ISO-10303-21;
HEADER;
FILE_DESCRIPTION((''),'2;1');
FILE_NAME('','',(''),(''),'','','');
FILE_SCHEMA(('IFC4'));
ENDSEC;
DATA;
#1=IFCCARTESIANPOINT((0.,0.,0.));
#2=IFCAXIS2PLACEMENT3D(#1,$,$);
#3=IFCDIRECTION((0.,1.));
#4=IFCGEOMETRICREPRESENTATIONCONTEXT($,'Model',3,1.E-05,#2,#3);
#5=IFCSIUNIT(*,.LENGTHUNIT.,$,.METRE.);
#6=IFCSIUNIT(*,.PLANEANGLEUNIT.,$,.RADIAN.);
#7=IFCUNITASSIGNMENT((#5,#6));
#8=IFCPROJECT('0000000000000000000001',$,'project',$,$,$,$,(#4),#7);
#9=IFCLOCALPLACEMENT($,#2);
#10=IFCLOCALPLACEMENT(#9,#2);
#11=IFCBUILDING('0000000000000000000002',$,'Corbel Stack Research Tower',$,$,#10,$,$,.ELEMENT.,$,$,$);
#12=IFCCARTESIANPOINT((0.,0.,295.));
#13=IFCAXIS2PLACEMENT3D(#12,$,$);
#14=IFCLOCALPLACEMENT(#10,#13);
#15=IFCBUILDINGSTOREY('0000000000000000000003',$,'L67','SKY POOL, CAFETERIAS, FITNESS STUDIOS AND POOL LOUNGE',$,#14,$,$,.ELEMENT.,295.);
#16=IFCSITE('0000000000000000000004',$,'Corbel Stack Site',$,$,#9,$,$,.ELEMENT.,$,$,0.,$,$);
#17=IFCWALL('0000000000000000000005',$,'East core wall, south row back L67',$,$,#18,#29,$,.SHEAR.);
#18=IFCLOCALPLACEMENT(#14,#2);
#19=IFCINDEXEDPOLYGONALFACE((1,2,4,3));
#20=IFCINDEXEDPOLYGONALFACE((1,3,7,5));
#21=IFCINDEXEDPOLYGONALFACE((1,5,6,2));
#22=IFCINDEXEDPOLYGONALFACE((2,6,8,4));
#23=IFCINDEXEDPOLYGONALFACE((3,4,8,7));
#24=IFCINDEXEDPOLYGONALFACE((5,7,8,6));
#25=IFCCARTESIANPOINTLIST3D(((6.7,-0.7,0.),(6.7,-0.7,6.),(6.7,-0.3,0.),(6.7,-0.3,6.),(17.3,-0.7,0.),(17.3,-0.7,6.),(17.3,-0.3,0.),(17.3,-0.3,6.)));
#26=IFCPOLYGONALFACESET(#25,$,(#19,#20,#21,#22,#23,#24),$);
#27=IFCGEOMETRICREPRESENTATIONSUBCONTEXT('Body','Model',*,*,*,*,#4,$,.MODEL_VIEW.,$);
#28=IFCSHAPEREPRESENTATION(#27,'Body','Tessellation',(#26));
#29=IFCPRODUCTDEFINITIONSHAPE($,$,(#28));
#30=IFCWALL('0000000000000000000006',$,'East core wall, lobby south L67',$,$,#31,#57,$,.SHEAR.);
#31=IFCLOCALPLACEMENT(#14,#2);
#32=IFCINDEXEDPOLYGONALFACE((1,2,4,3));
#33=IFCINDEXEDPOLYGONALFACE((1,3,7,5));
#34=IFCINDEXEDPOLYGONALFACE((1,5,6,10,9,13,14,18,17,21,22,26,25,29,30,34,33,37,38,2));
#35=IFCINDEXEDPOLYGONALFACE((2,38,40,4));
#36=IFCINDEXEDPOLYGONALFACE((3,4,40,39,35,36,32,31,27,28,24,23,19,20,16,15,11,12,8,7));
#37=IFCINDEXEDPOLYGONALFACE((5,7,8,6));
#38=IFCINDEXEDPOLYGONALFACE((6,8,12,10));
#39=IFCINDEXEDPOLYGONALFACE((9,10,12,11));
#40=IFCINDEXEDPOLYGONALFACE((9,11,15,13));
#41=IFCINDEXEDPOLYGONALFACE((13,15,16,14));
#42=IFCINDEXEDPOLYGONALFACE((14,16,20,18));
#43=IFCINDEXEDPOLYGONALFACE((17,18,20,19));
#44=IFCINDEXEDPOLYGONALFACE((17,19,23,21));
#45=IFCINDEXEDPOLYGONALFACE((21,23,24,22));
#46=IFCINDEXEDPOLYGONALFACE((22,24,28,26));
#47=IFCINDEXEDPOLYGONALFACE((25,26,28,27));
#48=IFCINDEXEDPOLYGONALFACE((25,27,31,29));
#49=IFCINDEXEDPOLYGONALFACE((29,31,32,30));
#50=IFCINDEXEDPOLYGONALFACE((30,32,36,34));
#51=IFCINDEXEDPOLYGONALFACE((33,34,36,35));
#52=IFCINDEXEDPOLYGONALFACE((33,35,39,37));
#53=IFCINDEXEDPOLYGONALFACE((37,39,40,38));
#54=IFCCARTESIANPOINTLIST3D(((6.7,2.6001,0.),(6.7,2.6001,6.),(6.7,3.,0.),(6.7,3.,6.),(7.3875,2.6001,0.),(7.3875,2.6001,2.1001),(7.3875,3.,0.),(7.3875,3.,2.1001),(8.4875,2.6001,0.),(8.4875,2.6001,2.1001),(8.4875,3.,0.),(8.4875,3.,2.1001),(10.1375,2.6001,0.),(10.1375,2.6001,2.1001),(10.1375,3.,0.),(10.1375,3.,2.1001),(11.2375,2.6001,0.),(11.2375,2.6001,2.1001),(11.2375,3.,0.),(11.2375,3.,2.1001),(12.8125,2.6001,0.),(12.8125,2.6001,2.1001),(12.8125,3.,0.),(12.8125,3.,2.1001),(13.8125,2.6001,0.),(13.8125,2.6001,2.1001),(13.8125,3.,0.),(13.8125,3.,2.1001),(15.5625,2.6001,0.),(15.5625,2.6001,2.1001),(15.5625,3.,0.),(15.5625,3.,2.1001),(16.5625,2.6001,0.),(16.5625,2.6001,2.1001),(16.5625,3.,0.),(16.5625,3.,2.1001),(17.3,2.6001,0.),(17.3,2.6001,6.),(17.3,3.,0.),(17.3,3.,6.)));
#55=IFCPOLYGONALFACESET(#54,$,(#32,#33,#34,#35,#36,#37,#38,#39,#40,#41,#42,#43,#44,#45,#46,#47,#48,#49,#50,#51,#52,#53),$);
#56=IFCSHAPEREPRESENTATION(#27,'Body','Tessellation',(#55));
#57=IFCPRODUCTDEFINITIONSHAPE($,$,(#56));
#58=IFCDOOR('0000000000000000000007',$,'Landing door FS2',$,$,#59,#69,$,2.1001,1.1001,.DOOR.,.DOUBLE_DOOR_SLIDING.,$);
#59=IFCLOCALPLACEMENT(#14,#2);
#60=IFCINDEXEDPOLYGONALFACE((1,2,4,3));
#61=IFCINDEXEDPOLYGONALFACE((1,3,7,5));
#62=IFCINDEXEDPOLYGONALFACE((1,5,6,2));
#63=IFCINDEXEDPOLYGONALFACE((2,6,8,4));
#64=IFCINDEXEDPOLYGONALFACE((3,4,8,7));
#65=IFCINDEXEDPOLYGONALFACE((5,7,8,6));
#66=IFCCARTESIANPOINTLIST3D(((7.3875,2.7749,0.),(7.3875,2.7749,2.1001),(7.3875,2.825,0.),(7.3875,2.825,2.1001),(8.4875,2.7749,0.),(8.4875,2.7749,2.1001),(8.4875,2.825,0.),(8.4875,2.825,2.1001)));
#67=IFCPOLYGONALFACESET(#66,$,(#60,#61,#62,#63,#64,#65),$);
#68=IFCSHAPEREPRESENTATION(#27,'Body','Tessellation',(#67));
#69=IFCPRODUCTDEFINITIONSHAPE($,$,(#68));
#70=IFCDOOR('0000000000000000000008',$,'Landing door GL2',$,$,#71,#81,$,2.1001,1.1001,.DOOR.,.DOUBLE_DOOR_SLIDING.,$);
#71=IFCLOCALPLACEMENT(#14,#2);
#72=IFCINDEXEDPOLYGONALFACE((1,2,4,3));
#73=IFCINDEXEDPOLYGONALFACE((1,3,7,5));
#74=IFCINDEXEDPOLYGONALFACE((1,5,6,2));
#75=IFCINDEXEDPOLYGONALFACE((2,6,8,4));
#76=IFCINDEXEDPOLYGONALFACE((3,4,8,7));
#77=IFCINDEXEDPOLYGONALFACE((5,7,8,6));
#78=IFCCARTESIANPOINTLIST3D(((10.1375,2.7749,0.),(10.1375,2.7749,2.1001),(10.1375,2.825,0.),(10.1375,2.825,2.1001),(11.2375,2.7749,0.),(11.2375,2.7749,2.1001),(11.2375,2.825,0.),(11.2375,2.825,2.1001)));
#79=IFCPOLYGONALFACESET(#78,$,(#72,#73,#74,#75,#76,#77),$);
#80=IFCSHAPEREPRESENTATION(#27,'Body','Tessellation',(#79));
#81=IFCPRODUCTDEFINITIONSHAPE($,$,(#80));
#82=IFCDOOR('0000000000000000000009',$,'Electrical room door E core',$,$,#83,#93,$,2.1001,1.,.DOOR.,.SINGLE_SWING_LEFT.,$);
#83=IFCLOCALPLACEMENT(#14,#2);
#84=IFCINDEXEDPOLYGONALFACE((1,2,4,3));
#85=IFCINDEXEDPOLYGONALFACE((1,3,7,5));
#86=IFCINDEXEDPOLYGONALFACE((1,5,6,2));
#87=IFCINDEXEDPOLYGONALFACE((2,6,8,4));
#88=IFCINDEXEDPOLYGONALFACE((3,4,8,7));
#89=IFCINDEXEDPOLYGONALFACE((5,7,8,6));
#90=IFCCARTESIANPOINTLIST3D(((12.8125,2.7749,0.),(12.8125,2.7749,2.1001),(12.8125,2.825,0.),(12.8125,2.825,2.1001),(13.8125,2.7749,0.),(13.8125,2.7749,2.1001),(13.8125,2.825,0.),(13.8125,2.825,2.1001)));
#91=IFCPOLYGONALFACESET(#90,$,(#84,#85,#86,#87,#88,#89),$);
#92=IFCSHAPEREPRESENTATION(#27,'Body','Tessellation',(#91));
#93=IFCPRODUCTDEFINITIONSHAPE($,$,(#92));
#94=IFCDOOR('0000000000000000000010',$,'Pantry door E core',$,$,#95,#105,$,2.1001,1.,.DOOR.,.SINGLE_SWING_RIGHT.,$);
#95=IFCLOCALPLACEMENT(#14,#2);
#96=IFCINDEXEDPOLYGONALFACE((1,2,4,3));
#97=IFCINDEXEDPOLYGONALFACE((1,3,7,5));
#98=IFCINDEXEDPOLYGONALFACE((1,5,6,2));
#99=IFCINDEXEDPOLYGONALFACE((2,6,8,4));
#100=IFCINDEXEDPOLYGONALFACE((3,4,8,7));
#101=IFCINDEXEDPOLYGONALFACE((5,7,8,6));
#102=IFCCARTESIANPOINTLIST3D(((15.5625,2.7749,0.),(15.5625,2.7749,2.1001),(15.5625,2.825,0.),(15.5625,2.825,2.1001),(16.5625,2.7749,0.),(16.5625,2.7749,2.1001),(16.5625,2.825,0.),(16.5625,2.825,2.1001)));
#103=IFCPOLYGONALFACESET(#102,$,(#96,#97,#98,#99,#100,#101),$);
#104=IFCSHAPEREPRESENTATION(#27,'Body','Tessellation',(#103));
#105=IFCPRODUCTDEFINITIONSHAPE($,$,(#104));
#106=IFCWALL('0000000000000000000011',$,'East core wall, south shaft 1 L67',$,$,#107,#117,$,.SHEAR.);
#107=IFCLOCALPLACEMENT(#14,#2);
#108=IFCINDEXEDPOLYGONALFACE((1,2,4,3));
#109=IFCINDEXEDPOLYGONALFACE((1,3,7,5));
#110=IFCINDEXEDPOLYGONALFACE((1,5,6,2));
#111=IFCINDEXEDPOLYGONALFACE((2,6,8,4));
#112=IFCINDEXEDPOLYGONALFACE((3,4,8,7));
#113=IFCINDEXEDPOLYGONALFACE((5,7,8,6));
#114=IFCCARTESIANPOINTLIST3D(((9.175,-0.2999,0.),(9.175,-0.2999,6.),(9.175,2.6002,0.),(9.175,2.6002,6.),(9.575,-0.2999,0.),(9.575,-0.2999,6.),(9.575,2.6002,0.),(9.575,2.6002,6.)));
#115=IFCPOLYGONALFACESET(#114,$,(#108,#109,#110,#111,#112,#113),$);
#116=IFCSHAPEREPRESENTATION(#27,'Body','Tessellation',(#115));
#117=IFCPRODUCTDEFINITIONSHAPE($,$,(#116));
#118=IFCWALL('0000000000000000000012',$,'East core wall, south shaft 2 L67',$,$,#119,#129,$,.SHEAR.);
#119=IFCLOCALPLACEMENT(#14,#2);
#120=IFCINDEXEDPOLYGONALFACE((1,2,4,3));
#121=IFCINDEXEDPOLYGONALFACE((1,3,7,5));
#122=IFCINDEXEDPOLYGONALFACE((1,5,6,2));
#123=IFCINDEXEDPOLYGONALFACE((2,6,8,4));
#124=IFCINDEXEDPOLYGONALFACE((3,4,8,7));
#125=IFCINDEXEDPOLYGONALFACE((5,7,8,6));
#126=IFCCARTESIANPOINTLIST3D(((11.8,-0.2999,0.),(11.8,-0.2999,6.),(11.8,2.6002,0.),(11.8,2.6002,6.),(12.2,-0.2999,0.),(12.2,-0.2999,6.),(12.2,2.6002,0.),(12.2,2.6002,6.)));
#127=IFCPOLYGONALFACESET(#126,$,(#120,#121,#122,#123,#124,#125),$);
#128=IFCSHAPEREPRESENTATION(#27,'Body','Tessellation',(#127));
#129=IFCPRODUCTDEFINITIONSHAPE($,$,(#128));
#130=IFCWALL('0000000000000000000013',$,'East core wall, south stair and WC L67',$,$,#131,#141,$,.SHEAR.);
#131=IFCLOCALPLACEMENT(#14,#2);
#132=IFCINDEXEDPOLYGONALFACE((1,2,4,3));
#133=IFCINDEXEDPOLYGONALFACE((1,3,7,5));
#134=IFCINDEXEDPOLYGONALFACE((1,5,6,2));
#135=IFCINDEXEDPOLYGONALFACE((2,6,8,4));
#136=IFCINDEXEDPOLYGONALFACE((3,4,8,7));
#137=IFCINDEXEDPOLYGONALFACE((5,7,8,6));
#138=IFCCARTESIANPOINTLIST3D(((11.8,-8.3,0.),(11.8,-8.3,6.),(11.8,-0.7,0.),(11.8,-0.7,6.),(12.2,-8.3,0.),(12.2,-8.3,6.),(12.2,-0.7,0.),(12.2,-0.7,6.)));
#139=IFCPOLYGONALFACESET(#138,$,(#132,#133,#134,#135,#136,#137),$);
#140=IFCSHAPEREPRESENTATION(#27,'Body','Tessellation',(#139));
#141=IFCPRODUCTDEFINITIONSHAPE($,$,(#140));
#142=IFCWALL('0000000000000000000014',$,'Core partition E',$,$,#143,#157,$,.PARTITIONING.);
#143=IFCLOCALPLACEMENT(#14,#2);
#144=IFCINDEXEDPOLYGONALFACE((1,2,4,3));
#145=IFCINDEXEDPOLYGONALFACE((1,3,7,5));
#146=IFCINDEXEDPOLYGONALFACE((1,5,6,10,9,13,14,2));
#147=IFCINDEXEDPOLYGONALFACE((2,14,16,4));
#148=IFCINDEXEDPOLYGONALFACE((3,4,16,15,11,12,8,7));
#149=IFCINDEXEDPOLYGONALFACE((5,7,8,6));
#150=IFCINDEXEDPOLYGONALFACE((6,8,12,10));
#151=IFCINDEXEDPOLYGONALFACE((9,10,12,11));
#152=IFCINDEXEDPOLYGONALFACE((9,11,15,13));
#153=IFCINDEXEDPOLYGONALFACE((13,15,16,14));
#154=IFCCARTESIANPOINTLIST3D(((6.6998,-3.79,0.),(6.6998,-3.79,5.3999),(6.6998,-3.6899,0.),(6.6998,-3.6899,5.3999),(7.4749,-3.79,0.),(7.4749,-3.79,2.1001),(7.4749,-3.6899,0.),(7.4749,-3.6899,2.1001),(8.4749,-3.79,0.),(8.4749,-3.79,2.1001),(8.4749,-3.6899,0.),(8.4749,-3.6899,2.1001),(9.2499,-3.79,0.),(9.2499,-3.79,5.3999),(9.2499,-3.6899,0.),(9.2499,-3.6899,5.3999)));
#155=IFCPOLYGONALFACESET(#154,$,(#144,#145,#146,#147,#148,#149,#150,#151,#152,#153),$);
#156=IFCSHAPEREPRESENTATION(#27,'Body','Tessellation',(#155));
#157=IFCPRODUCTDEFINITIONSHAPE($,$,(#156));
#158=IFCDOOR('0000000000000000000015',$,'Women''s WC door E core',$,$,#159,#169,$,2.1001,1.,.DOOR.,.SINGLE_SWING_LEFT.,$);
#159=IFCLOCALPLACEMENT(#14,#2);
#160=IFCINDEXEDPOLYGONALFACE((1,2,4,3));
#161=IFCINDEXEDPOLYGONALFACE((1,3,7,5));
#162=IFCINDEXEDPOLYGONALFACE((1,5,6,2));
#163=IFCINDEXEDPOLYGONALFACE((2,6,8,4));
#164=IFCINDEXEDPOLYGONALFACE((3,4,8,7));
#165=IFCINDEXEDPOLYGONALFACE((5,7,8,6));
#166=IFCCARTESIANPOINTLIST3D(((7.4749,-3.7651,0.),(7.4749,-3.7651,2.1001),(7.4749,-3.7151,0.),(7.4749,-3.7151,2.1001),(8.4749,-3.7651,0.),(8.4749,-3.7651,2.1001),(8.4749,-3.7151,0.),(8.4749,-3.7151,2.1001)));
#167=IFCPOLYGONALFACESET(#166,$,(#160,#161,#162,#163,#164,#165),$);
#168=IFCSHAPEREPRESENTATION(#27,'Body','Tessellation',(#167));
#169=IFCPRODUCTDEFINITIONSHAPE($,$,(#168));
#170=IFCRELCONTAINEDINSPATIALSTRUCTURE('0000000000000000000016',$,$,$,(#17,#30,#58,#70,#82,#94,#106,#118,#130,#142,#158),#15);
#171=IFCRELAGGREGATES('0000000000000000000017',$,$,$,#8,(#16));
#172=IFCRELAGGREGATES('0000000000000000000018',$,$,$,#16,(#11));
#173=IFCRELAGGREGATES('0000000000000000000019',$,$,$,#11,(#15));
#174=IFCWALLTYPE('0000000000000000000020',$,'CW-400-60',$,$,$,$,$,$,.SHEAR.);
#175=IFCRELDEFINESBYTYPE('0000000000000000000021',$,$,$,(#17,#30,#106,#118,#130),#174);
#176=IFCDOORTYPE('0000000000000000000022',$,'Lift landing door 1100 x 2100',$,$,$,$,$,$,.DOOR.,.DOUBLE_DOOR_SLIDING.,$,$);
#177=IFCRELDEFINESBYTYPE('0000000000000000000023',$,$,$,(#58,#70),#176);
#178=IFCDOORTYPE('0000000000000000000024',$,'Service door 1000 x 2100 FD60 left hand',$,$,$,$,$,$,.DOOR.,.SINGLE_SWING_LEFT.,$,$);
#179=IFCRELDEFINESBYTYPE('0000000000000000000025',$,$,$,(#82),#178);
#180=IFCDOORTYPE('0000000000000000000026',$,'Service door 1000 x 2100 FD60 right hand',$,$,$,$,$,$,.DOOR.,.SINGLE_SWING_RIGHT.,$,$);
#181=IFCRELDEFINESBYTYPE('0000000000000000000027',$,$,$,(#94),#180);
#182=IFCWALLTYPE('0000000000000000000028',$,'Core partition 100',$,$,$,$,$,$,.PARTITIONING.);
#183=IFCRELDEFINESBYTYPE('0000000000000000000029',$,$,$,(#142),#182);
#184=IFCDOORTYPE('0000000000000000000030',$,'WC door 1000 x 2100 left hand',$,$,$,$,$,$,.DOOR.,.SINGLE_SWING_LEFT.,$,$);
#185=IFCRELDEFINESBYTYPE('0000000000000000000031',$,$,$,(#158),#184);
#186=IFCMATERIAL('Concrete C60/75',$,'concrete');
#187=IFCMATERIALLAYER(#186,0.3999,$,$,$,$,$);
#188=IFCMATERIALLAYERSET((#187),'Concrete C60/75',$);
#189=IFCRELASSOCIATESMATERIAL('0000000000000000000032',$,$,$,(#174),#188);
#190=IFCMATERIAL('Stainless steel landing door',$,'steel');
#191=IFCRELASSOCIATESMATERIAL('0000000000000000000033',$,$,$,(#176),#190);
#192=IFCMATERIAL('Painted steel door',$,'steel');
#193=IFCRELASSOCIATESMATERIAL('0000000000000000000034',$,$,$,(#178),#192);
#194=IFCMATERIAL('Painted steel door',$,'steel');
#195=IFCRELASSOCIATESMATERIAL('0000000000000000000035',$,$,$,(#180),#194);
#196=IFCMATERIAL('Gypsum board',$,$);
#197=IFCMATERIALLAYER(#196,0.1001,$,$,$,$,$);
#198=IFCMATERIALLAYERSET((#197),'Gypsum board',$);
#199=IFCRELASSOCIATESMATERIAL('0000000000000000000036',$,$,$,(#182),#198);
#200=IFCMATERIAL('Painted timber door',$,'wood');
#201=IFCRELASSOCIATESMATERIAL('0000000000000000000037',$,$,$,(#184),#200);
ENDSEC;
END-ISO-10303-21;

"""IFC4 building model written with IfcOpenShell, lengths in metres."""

from ifc_helpers import new_model, si_unit, direction, frame, frame_2d, origin, place, context, subcontext, project, spatial, rectangle, extrude, material, layer, layer_set, type_object, element, fill, save


model = new_model("IFC4")

# Units and contexts
model_context = context("Model", 3, precision=1e-05, world=origin(), true_north=direction((0.0, 1.0)))
body_context = subcontext(model_context, "Body", "Model", "MODEL_VIEW")
ifc_project = project(units=[si_unit("LENGTHUNIT", "METRE"), si_unit("PLANEANGLEUNIT", "RADIAN")], contexts=[model_context])

# Site, building, storey
site_placement = place(None, origin())
site = spatial("IfcSite", under=ifc_project, at=site_placement, Name="Corbel Stack Site", CompositionType="ELEMENT", RefElevation=0.0)
building_placement = place(site_placement, origin())
building = spatial("IfcBuilding", under=site, at=building_placement, Name="Corbel Stack Research Tower", CompositionType="ELEMENT")
storey_placement = place(building_placement, frame((0.0, 0.0, 295.0)))
storey = spatial("IfcBuildingStorey", under=building, at=storey_placement, Name="L67", Description="SKY POOL, CAFETERIAS, FITNESS STUDIOS AND POOL LOUNGE", CompositionType="ELEMENT", Elevation=295.0)

# Wall
ifc_material_1 = material(Name="Concrete C60/75", Category="concrete")
ifc_layer_1 = layer(ifc_material_1, 0.3999)
ifc_layer_set_1 = layer_set([ifc_layer_1], Name="Concrete C60/75")
wall_type_1 = type_object("IfcWallType", Name="CW-400-60", PredefinedType="SHEAR", material=ifc_layer_set_1)
wall_1_placement = place(storey_placement, frame((6.7, -0.5, 0.0), z_axis=(0.0, 0.0, 1.0), x_axis=(1.0, 0.0, 0.0)))
element("IfcWall", 1, at=wall_1_placement, inside=storey, type_object=wall_type_1, Name="East core wall, south row back L67", PredefinedType="SHEAR", context=body_context, shape_type="SweptSolid", body=[
    extrude(rectangle(XDim=10.6001, YDim=0.3999, at=frame_2d((5.3, 0.0))), origin(), (0.0, 0.0, 1.0), 6.0),
])

# Wall, openings, doors
wall_2_placement = place(storey_placement, frame((6.7, 2.8, 0.0), z_axis=(0.0, 0.0, 1.0), x_axis=(1.0, 0.0, 0.0)))
wall_2 = element("IfcWall", 2, at=wall_2_placement, inside=storey, type_object=wall_type_1, Name="East core wall, lobby south L67", PredefinedType="SHEAR", context=body_context, shape_type="SweptSolid", body=[
    extrude(rectangle(XDim=10.6001, YDim=0.3999, at=frame_2d((5.3, 0.0))), origin(), (0.0, 0.0, 1.0), 6.0),
])
opening_1_placement = place(wall_2_placement, frame((0.6875, 0.0, 0.0)))
opening_1 = element("IfcOpeningElement", 3, at=opening_1_placement, cuts=wall_2, PredefinedType="OPENING", context=body_context, shape_type="SweptSolid", body=[
    extrude(rectangle(XDim=1.1001, YDim=2.1001, at=frame_2d((0.55, 1.05))), frame((0.0, 0.21, 0.0), z_axis=(0.0, -1.0, 0.0), x_axis=(1.0, 0.0, 0.0)), (0.0, 0.0, 1.0), 0.4199),
])
opening_2_placement = place(wall_2_placement, frame((3.4375, 0.0, 0.0)))
opening_2 = element("IfcOpeningElement", 4, at=opening_2_placement, cuts=wall_2, PredefinedType="OPENING", context=body_context, shape_type="SweptSolid", body=[
    extrude(rectangle(XDim=1.1001, YDim=2.1001, at=frame_2d((0.55, 1.05))), frame((0.0, 0.21, 0.0), z_axis=(0.0, -1.0, 0.0), x_axis=(1.0, 0.0, 0.0)), (0.0, 0.0, 1.0), 0.4199),
])
opening_3_placement = place(wall_2_placement, frame((6.1125, 0.0, 0.0)))
opening_3 = element("IfcOpeningElement", 5, at=opening_3_placement, cuts=wall_2, PredefinedType="OPENING", context=body_context, shape_type="SweptSolid", body=[
    extrude(rectangle(XDim=1.0, YDim=2.1001, at=frame_2d((0.5, 1.05))), frame((0.0, 0.21, 0.0), z_axis=(0.0, -1.0, 0.0), x_axis=(1.0, 0.0, 0.0)), (0.0, 0.0, 1.0), 0.4199),
])
opening_4_placement = place(wall_2_placement, frame((8.8625, 0.0, 0.0)))
opening_4 = element("IfcOpeningElement", 6, at=opening_4_placement, cuts=wall_2, PredefinedType="OPENING", context=body_context, shape_type="SweptSolid", body=[
    extrude(rectangle(XDim=1.0, YDim=2.1001, at=frame_2d((0.5, 1.05))), frame((0.0, 0.21, 0.0), z_axis=(0.0, -1.0, 0.0), x_axis=(1.0, 0.0, 0.0)), (0.0, 0.0, 1.0), 0.4199),
])
ifc_material_2 = material(Name="Stainless steel landing door", Category="steel")
door_type_1 = type_object("IfcDoorType", Name="Lift landing door 1100 x 2100", OperationType="DOUBLE_DOOR_SLIDING", PredefinedType="DOOR", material=ifc_material_2)
door_1_placement = place(opening_1_placement, origin())
door_1 = element("IfcDoor", 7, at=door_1_placement, inside=storey, type_object=door_type_1, Name="Landing door FS2", OperationType="DOUBLE_DOOR_SLIDING", OverallHeight=2.1001, OverallWidth=1.1001, PredefinedType="DOOR", context=body_context, shape_type="SweptSolid", body=[
    extrude(rectangle(XDim=1.1001, YDim=2.1001, at=frame_2d((0.55, 1.05))), frame((0.0, 0.0249, 0.0), z_axis=(0.0, -1.0, 0.0), x_axis=(1.0, 0.0, 0.0)), (0.0, 0.0, 1.0), 0.05),
])
fill(opening_1, door_1)
door_2_placement = place(opening_2_placement, origin())
door_2 = element("IfcDoor", 8, at=door_2_placement, inside=storey, type_object=door_type_1, Name="Landing door GL2", OperationType="DOUBLE_DOOR_SLIDING", OverallHeight=2.1001, OverallWidth=1.1001, PredefinedType="DOOR", context=body_context, shape_type="SweptSolid", body=[
    extrude(rectangle(XDim=1.1001, YDim=2.1001, at=frame_2d((0.55, 1.05))), frame((0.0, 0.0249, 0.0), z_axis=(0.0, -1.0, 0.0), x_axis=(1.0, 0.0, 0.0)), (0.0, 0.0, 1.0), 0.05),
])
fill(opening_2, door_2)
ifc_material_3 = material(Name="Painted steel door", Category="steel")
door_type_2 = type_object("IfcDoorType", Name="Service door 1000 x 2100 FD60 left hand", OperationType="SINGLE_SWING_LEFT", PredefinedType="DOOR", material=ifc_material_3)
door_3_placement = place(opening_3_placement, origin())
door_3 = element("IfcDoor", 9, at=door_3_placement, inside=storey, type_object=door_type_2, Name="Electrical room door E core", OperationType="SINGLE_SWING_LEFT", OverallHeight=2.1001, OverallWidth=1.0, PredefinedType="DOOR", context=body_context, shape_type="SweptSolid", body=[
    extrude(rectangle(XDim=1.0, YDim=2.1001, at=frame_2d((0.5, 1.05))), frame((0.0, 0.0249, 0.0), z_axis=(0.0, -1.0, 0.0), x_axis=(1.0, 0.0, 0.0)), (0.0, 0.0, 1.0), 0.05),
])
fill(opening_3, door_3)
ifc_material_4 = material(Name="Painted steel door", Category="steel")
door_type_3 = type_object("IfcDoorType", Name="Service door 1000 x 2100 FD60 right hand", OperationType="SINGLE_SWING_RIGHT", PredefinedType="DOOR", material=ifc_material_4)
door_4_placement = place(opening_4_placement, origin())
door_4 = element("IfcDoor", 10, at=door_4_placement, inside=storey, type_object=door_type_3, Name="Pantry door E core", OperationType="SINGLE_SWING_RIGHT", OverallHeight=2.1001, OverallWidth=1.0, PredefinedType="DOOR", context=body_context, shape_type="SweptSolid", body=[
    extrude(rectangle(XDim=1.0, YDim=2.1001, at=frame_2d((0.5, 1.05))), frame((0.0, 0.0249, 0.0), z_axis=(0.0, -1.0, 0.0), x_axis=(1.0, 0.0, 0.0)), (0.0, 0.0, 1.0), 0.05),
])
fill(opening_4, door_4)

# Walls
for number, where, z_axis, x_axis, name in (
    (11, (9.375, -0.3, 0.0), (0.0, 0.0, 1.0), (0.0, 1.0, 0.0), "East core wall, south shaft 1 L67"),
    (12, (12.0, -0.3, 0.0), (0.0, 0.0, 1.0), (0.0, 1.0, 0.0), "East core wall, south shaft 2 L67"),
):
    element("IfcWall", number, at=place(storey_placement, frame(where, z_axis=z_axis, x_axis=x_axis)), inside=storey, type_object=wall_type_1, Name=name, PredefinedType="SHEAR", context=body_context, shape_type="SweptSolid", body=[
        extrude(rectangle(XDim=2.9001, YDim=0.3999, at=frame_2d((1.4502, 0.0))), origin(), (0.0, 0.0, 1.0), 6.0),
    ])
wall_3_placement = place(storey_placement, frame((12.0, -8.3, 0.0), z_axis=(0.0, 0.0, 1.0), x_axis=(0.0, 1.0, 0.0)))
element("IfcWall", 13, at=wall_3_placement, inside=storey, type_object=wall_type_1, Name="East core wall, south stair and WC L67", PredefinedType="SHEAR", context=body_context, shape_type="SweptSolid", body=[
    extrude(rectangle(XDim=7.6001, YDim=0.3999, at=frame_2d((3.8, 0.0))), origin(), (0.0, 0.0, 1.0), 6.0),
])

# Wall, opening, door
ifc_material_5 = material(Name="Gypsum board")
ifc_layer_2 = layer(ifc_material_5, 0.1001)
ifc_layer_set_2 = layer_set([ifc_layer_2], Name="Gypsum board")
wall_type_2 = type_object("IfcWallType", Name="Core partition 100", PredefinedType="PARTITIONING", material=ifc_layer_set_2)
wall_4_placement = place(storey_placement, frame((6.7, -3.74, 0.0), z_axis=(0.0, 0.0, 1.0), x_axis=(1.0, 0.0, 0.0)))
wall_4 = element("IfcWall", 14, at=wall_4_placement, inside=storey, type_object=wall_type_2, Name="Core partition E", PredefinedType="PARTITIONING", context=body_context, shape_type="SweptSolid", body=[
    extrude(rectangle(XDim=2.55, YDim=0.1001, at=frame_2d((1.2749, 0.0))), origin(), (0.0, 0.0, 1.0), 5.3999),
])
opening_5_placement = place(wall_4_placement, frame((0.7749, 0.0, 0.0)))
opening_5 = element("IfcOpeningElement", 15, at=opening_5_placement, cuts=wall_4, PredefinedType="OPENING", context=body_context, shape_type="SweptSolid", body=[
    extrude(rectangle(XDim=1.0, YDim=2.1001, at=frame_2d((0.5, 1.05))), frame((0.0, 0.0601, 0.0), z_axis=(0.0, -1.0, 0.0), x_axis=(1.0, 0.0, 0.0)), (0.0, 0.0, 1.0), 0.1201),
])
ifc_material_6 = material(Name="Painted timber door", Category="wood")
door_type_4 = type_object("IfcDoorType", Name="WC door 1000 x 2100 left hand", OperationType="SINGLE_SWING_LEFT", PredefinedType="DOOR", material=ifc_material_6)
door_5_placement = place(opening_5_placement, origin())
door_5 = element("IfcDoor", 16, at=door_5_placement, inside=storey, type_object=door_type_4, Name="Women's WC door E core", OperationType="SINGLE_SWING_LEFT", OverallHeight=2.1001, OverallWidth=1.0, PredefinedType="DOOR", context=body_context, shape_type="SweptSolid", body=[
    extrude(rectangle(XDim=1.0, YDim=2.1001, at=frame_2d((0.5, 1.05))), frame((0.0, 0.0249, 0.0), z_axis=(0.0, -1.0, 0.0), x_axis=(1.0, 0.0, 0.0)), (0.0, 0.0, 1.0), 0.05),
])
fill(opening_5, door_5)

save(model, "model.ifc")
